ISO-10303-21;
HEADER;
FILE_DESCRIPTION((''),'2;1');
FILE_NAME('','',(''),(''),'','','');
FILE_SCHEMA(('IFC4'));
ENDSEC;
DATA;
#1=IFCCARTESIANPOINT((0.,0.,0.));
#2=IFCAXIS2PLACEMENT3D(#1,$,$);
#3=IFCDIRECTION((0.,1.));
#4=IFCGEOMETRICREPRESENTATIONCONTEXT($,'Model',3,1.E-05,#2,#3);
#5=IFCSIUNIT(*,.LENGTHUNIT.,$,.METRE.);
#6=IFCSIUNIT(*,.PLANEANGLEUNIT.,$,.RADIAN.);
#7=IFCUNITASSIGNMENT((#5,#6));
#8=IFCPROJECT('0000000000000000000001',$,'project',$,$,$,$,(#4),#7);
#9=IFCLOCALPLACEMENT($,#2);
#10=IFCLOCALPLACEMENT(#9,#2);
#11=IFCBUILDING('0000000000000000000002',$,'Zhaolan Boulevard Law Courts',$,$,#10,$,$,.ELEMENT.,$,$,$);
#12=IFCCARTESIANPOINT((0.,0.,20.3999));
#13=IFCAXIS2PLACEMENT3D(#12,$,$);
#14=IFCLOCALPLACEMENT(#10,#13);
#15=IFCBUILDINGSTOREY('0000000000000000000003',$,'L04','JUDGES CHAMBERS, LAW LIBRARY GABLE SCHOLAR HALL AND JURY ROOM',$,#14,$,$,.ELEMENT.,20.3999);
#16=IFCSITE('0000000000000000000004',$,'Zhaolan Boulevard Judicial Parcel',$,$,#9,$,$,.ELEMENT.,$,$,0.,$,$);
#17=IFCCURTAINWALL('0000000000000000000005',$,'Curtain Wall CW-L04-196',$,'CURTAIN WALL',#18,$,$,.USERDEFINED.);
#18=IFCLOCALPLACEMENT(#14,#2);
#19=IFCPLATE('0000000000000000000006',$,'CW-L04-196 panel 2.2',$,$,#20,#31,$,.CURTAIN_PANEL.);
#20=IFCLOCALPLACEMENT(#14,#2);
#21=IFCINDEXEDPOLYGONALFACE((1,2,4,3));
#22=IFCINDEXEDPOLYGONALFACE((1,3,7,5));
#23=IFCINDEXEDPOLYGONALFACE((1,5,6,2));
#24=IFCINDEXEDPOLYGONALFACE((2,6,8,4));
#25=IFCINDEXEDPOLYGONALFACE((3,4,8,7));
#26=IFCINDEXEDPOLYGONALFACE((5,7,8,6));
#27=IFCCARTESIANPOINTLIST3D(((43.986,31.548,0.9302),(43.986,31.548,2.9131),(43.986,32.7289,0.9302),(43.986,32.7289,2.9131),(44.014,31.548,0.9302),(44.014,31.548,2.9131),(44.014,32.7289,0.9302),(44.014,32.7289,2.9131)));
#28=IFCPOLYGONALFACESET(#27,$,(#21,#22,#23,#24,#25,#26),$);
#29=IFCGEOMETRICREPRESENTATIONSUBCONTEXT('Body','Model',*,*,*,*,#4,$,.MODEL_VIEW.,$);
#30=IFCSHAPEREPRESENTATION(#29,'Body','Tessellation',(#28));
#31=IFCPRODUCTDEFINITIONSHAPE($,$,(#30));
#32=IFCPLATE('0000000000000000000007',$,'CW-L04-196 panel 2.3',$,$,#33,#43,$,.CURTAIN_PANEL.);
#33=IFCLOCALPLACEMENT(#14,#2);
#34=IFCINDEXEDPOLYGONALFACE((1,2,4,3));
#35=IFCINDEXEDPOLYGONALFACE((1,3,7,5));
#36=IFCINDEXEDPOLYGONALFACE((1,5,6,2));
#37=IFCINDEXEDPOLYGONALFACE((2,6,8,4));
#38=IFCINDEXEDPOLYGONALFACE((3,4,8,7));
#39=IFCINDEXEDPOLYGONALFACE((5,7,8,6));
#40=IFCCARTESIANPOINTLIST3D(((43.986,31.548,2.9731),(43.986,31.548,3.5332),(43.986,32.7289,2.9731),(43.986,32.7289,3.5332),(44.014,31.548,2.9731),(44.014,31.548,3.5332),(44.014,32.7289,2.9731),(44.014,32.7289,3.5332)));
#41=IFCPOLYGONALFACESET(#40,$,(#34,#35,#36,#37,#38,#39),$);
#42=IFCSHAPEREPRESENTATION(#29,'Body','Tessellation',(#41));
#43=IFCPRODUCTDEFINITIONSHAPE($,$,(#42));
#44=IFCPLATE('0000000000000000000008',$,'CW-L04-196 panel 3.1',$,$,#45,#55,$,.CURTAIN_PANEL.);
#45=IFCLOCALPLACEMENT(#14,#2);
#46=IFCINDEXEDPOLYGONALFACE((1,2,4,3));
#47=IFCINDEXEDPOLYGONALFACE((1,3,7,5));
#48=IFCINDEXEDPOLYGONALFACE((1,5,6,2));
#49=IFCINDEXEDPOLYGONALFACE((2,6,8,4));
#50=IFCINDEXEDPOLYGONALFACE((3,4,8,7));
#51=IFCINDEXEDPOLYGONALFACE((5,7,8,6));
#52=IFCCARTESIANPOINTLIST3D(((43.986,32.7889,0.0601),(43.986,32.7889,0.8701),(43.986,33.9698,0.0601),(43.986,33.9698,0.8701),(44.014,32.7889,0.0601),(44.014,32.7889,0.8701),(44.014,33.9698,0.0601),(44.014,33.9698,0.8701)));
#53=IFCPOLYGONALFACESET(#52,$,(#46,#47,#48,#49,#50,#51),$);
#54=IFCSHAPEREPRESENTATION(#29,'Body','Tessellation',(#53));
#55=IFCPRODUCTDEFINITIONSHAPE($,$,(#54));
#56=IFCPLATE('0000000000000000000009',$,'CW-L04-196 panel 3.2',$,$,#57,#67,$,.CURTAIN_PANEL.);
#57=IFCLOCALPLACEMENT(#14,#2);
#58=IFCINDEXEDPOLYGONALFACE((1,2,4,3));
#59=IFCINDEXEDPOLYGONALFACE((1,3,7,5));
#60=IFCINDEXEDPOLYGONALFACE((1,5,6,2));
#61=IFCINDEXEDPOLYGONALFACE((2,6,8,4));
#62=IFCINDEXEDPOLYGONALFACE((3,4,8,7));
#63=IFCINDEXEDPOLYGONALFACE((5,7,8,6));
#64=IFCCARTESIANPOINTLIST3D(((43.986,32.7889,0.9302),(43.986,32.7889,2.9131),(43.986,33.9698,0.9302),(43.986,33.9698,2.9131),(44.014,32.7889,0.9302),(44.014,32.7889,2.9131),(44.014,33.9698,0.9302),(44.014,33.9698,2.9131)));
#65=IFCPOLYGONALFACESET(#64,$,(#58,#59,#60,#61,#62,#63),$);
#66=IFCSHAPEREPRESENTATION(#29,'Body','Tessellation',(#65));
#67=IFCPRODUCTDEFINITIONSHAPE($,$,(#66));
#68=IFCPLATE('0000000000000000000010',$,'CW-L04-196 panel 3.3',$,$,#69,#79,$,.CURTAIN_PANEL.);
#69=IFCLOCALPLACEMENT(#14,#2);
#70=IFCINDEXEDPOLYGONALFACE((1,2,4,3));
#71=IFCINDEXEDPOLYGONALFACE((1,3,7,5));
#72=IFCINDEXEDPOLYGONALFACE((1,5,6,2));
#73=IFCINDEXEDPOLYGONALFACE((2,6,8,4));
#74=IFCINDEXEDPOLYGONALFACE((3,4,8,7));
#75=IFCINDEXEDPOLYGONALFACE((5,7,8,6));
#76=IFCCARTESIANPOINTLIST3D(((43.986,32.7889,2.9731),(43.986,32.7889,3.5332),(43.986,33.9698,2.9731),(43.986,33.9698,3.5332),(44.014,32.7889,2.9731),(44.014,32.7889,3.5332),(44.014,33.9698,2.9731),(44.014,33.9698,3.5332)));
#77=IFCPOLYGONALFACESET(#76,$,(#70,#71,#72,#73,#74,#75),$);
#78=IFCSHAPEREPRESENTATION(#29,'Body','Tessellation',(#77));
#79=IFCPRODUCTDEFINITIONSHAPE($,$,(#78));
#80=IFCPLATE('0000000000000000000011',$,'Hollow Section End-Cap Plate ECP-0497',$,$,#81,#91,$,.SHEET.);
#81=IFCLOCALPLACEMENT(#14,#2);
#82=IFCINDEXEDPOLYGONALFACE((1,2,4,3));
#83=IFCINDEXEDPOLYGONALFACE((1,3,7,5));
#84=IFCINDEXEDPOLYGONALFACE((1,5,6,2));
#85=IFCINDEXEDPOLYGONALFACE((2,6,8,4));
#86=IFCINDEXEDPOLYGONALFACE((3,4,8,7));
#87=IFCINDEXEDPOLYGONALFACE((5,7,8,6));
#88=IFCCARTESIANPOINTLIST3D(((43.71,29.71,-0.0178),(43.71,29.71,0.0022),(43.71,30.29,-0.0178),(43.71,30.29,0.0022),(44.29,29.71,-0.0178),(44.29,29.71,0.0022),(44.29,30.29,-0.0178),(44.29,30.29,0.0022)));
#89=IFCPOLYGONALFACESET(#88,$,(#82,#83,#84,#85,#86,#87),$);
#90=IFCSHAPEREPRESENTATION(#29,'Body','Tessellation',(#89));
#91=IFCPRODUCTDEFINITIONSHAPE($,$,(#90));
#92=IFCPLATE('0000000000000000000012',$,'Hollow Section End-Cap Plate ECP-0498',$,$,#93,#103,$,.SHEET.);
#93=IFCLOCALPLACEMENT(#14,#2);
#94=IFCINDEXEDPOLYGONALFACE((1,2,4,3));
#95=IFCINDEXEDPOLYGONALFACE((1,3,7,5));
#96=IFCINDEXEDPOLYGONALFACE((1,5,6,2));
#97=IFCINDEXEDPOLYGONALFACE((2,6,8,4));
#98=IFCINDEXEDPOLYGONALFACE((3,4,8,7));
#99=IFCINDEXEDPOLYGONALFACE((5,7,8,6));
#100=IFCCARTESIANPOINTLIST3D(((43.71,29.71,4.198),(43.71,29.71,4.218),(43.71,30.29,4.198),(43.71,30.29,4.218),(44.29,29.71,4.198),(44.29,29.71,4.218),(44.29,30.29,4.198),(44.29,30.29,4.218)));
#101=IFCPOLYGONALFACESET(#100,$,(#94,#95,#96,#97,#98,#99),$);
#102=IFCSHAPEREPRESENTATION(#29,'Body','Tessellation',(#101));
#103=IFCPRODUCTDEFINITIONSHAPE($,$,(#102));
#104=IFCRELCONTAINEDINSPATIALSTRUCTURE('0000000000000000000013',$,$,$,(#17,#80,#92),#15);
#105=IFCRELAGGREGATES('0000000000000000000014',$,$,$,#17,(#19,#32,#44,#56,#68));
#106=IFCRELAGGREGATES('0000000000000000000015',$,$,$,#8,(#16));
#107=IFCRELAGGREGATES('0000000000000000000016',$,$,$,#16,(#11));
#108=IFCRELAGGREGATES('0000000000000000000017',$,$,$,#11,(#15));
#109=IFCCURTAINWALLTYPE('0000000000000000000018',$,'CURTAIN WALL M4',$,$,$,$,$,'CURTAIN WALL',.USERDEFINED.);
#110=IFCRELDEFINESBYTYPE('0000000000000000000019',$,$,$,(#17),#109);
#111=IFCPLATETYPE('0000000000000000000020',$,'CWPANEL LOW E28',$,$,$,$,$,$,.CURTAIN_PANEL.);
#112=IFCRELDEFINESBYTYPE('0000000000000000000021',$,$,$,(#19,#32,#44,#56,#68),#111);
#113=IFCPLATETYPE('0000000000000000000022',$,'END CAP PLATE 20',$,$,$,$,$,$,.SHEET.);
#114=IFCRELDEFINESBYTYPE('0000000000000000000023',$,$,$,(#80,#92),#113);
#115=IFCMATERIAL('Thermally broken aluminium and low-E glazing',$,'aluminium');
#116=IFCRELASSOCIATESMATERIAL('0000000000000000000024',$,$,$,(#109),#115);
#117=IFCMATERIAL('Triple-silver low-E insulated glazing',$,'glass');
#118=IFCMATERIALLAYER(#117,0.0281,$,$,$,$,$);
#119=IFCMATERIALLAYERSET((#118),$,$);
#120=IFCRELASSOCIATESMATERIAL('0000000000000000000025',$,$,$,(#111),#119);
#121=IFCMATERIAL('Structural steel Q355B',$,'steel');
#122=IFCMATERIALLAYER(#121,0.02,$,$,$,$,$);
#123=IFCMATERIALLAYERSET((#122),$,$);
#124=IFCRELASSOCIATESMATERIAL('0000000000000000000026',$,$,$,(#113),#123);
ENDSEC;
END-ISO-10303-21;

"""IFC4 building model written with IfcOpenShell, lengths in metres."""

from ifc_helpers import new_model, si_unit, direction, frame, origin, origin_2d, place, context, subcontext, project, spatial, rectangle, extrude, material, layer, layer_set, type_object, element, aggregate, save


model = new_model("IFC4")

# Units and contexts
model_context = context("Model", 3, precision=1e-05, world=origin(), true_north=direction((0.0, 1.0)))
body_context = subcontext(model_context, "Body", "Model", "MODEL_VIEW")
ifc_project = project(units=[si_unit("LENGTHUNIT", "METRE"), si_unit("PLANEANGLEUNIT", "RADIAN")], contexts=[model_context])

# Site, building, storey
site_placement = place(None, origin())
site = spatial("IfcSite", under=ifc_project, at=site_placement, Name="Zhaolan Boulevard Judicial Parcel", CompositionType="ELEMENT", RefElevation=0.0)
building_placement = place(site_placement, origin())
building = spatial("IfcBuilding", under=site, at=building_placement, Name="Zhaolan Boulevard Law Courts", CompositionType="ELEMENT")
storey_placement = place(building_placement, frame((0.0, 0.0, 20.3999)))
storey = spatial("IfcBuildingStorey", under=building, at=storey_placement, Name="L04", Description="JUDGES CHAMBERS, LAW LIBRARY GABLE SCHOLAR HALL AND JURY ROOM", CompositionType="ELEMENT", Elevation=20.3999)

# Curtain wall
ifc_material_1 = material(Name="Thermally broken aluminium and low-E glazing", Category="aluminium")
curtain_wall_type = type_object("IfcCurtainWallType", Name="CURTAIN WALL M4", ElementType="CURTAIN WALL", PredefinedType="USERDEFINED", material=ifc_material_1)
curtain_wall_placement = place(storey_placement, origin())
curtain_wall = element("IfcCurtainWall", 1, at=curtain_wall_placement, inside=storey, type_object=curtain_wall_type, Name="Curtain Wall CW-L04-196", ObjectType="CURTAIN WALL", PredefinedType="USERDEFINED")

# Plates
ifc_material_2 = material(Name="Triple-silver low-E insulated glazing", Category="glass")
ifc_layer_1 = layer(ifc_material_2, 0.0281)
ifc_layer_set_1 = layer_set([ifc_layer_1])
plate_type_1 = type_object("IfcPlateType", Name="CWPANEL LOW E28", PredefinedType="CURTAIN_PANEL", material=ifc_layer_set_1)
plate_1_placement = place(storey_placement, frame((44.0, 32.1384, 0.9302), z_axis=(0.0, 0.0, 1.0), x_axis=(0.0, 1.0, 0.0)))
plate_1 = element("IfcPlate", 2, at=plate_1_placement, type_object=plate_type_1, Name="CW-L04-196 panel 2.2", PredefinedType="CURTAIN_PANEL", context=body_context, shape_type="SweptSolid", body=[
    extrude(rectangle(XDim=1.1809, YDim=0.0281, at=origin_2d()), origin(), (0.0, 0.0, 1.0), 1.9829),
])
plate_2_placement = place(storey_placement, frame((44.0, 32.1384, 2.9731), z_axis=(0.0, 0.0, 1.0), x_axis=(0.0, 1.0, 0.0)))
plate_2 = element("IfcPlate", 3, at=plate_2_placement, type_object=plate_type_1, Name="CW-L04-196 panel 2.3", PredefinedType="CURTAIN_PANEL", context=body_context, shape_type="SweptSolid", body=[
    extrude(rectangle(XDim=1.1809, YDim=0.0281, at=origin_2d()), origin(), (0.0, 0.0, 1.0), 0.5601),
])
plate_3_placement = place(storey_placement, frame((44.0, 33.3794, 0.0601), z_axis=(0.0, 0.0, 1.0), x_axis=(0.0, 1.0, 0.0)))
plate_3 = element("IfcPlate", 4, at=plate_3_placement, type_object=plate_type_1, Name="CW-L04-196 panel 3.1", PredefinedType="CURTAIN_PANEL", context=body_context, shape_type="SweptSolid", body=[
    extrude(rectangle(XDim=1.1809, YDim=0.0281, at=origin_2d()), origin(), (0.0, 0.0, 1.0), 0.8101),
])
plate_4_placement = place(storey_placement, frame((44.0, 33.3794, 0.9302), z_axis=(0.0, 0.0, 1.0), x_axis=(0.0, 1.0, 0.0)))
plate_4 = element("IfcPlate", 5, at=plate_4_placement, type_object=plate_type_1, Name="CW-L04-196 panel 3.2", PredefinedType="CURTAIN_PANEL", context=body_context, shape_type="SweptSolid", body=[
    extrude(rectangle(XDim=1.1809, YDim=0.0281, at=origin_2d()), origin(), (0.0, 0.0, 1.0), 1.9829),
])
plate_5_placement = place(storey_placement, frame((44.0, 33.3794, 2.9731), z_axis=(0.0, 0.0, 1.0), x_axis=(0.0, 1.0, 0.0)))
plate_5 = element("IfcPlate", 6, at=plate_5_placement, type_object=plate_type_1, Name="CW-L04-196 panel 3.3", PredefinedType="CURTAIN_PANEL", context=body_context, shape_type="SweptSolid", body=[
    extrude(rectangle(XDim=1.1809, YDim=0.0281, at=origin_2d()), origin(), (0.0, 0.0, 1.0), 0.5601),
])
aggregate(curtain_wall, [plate_1, plate_2, plate_3, plate_4, plate_5])

# Plates
ifc_material_3 = material(Name="Structural steel Q355B", Category="steel")
ifc_layer_2 = layer(ifc_material_3, 0.02)
ifc_layer_set_2 = layer_set([ifc_layer_2])
plate_type_2 = type_object("IfcPlateType", Name="END CAP PLATE 20", PredefinedType="SHEET", material=ifc_layer_set_2)
for number, where, z_axis, x_axis, name in (
    (7, (44.0, 30.0, -0.0178), (0.0, 0.0, 1.0), (1.0, 0.0, 0.0), "Hollow Section End-Cap Plate ECP-0497"),
    (8, (44.0, 30.0, 4.198), (0.0, 0.0, 1.0), (1.0, 0.0, 0.0), "Hollow Section End-Cap Plate ECP-0498"),
):
    element("IfcPlate", number, at=place(storey_placement, frame(where, z_axis=z_axis, x_axis=x_axis)), inside=storey, type_object=plate_type_2, Name=name, PredefinedType="SHEET", context=body_context, shape_type="SweptSolid", body=[
        extrude(rectangle(XDim=0.5801, YDim=0.5801, at=origin_2d()), origin(), (0.0, 0.0, 1.0), 0.02),
    ])

save(model, "model.ifc")
